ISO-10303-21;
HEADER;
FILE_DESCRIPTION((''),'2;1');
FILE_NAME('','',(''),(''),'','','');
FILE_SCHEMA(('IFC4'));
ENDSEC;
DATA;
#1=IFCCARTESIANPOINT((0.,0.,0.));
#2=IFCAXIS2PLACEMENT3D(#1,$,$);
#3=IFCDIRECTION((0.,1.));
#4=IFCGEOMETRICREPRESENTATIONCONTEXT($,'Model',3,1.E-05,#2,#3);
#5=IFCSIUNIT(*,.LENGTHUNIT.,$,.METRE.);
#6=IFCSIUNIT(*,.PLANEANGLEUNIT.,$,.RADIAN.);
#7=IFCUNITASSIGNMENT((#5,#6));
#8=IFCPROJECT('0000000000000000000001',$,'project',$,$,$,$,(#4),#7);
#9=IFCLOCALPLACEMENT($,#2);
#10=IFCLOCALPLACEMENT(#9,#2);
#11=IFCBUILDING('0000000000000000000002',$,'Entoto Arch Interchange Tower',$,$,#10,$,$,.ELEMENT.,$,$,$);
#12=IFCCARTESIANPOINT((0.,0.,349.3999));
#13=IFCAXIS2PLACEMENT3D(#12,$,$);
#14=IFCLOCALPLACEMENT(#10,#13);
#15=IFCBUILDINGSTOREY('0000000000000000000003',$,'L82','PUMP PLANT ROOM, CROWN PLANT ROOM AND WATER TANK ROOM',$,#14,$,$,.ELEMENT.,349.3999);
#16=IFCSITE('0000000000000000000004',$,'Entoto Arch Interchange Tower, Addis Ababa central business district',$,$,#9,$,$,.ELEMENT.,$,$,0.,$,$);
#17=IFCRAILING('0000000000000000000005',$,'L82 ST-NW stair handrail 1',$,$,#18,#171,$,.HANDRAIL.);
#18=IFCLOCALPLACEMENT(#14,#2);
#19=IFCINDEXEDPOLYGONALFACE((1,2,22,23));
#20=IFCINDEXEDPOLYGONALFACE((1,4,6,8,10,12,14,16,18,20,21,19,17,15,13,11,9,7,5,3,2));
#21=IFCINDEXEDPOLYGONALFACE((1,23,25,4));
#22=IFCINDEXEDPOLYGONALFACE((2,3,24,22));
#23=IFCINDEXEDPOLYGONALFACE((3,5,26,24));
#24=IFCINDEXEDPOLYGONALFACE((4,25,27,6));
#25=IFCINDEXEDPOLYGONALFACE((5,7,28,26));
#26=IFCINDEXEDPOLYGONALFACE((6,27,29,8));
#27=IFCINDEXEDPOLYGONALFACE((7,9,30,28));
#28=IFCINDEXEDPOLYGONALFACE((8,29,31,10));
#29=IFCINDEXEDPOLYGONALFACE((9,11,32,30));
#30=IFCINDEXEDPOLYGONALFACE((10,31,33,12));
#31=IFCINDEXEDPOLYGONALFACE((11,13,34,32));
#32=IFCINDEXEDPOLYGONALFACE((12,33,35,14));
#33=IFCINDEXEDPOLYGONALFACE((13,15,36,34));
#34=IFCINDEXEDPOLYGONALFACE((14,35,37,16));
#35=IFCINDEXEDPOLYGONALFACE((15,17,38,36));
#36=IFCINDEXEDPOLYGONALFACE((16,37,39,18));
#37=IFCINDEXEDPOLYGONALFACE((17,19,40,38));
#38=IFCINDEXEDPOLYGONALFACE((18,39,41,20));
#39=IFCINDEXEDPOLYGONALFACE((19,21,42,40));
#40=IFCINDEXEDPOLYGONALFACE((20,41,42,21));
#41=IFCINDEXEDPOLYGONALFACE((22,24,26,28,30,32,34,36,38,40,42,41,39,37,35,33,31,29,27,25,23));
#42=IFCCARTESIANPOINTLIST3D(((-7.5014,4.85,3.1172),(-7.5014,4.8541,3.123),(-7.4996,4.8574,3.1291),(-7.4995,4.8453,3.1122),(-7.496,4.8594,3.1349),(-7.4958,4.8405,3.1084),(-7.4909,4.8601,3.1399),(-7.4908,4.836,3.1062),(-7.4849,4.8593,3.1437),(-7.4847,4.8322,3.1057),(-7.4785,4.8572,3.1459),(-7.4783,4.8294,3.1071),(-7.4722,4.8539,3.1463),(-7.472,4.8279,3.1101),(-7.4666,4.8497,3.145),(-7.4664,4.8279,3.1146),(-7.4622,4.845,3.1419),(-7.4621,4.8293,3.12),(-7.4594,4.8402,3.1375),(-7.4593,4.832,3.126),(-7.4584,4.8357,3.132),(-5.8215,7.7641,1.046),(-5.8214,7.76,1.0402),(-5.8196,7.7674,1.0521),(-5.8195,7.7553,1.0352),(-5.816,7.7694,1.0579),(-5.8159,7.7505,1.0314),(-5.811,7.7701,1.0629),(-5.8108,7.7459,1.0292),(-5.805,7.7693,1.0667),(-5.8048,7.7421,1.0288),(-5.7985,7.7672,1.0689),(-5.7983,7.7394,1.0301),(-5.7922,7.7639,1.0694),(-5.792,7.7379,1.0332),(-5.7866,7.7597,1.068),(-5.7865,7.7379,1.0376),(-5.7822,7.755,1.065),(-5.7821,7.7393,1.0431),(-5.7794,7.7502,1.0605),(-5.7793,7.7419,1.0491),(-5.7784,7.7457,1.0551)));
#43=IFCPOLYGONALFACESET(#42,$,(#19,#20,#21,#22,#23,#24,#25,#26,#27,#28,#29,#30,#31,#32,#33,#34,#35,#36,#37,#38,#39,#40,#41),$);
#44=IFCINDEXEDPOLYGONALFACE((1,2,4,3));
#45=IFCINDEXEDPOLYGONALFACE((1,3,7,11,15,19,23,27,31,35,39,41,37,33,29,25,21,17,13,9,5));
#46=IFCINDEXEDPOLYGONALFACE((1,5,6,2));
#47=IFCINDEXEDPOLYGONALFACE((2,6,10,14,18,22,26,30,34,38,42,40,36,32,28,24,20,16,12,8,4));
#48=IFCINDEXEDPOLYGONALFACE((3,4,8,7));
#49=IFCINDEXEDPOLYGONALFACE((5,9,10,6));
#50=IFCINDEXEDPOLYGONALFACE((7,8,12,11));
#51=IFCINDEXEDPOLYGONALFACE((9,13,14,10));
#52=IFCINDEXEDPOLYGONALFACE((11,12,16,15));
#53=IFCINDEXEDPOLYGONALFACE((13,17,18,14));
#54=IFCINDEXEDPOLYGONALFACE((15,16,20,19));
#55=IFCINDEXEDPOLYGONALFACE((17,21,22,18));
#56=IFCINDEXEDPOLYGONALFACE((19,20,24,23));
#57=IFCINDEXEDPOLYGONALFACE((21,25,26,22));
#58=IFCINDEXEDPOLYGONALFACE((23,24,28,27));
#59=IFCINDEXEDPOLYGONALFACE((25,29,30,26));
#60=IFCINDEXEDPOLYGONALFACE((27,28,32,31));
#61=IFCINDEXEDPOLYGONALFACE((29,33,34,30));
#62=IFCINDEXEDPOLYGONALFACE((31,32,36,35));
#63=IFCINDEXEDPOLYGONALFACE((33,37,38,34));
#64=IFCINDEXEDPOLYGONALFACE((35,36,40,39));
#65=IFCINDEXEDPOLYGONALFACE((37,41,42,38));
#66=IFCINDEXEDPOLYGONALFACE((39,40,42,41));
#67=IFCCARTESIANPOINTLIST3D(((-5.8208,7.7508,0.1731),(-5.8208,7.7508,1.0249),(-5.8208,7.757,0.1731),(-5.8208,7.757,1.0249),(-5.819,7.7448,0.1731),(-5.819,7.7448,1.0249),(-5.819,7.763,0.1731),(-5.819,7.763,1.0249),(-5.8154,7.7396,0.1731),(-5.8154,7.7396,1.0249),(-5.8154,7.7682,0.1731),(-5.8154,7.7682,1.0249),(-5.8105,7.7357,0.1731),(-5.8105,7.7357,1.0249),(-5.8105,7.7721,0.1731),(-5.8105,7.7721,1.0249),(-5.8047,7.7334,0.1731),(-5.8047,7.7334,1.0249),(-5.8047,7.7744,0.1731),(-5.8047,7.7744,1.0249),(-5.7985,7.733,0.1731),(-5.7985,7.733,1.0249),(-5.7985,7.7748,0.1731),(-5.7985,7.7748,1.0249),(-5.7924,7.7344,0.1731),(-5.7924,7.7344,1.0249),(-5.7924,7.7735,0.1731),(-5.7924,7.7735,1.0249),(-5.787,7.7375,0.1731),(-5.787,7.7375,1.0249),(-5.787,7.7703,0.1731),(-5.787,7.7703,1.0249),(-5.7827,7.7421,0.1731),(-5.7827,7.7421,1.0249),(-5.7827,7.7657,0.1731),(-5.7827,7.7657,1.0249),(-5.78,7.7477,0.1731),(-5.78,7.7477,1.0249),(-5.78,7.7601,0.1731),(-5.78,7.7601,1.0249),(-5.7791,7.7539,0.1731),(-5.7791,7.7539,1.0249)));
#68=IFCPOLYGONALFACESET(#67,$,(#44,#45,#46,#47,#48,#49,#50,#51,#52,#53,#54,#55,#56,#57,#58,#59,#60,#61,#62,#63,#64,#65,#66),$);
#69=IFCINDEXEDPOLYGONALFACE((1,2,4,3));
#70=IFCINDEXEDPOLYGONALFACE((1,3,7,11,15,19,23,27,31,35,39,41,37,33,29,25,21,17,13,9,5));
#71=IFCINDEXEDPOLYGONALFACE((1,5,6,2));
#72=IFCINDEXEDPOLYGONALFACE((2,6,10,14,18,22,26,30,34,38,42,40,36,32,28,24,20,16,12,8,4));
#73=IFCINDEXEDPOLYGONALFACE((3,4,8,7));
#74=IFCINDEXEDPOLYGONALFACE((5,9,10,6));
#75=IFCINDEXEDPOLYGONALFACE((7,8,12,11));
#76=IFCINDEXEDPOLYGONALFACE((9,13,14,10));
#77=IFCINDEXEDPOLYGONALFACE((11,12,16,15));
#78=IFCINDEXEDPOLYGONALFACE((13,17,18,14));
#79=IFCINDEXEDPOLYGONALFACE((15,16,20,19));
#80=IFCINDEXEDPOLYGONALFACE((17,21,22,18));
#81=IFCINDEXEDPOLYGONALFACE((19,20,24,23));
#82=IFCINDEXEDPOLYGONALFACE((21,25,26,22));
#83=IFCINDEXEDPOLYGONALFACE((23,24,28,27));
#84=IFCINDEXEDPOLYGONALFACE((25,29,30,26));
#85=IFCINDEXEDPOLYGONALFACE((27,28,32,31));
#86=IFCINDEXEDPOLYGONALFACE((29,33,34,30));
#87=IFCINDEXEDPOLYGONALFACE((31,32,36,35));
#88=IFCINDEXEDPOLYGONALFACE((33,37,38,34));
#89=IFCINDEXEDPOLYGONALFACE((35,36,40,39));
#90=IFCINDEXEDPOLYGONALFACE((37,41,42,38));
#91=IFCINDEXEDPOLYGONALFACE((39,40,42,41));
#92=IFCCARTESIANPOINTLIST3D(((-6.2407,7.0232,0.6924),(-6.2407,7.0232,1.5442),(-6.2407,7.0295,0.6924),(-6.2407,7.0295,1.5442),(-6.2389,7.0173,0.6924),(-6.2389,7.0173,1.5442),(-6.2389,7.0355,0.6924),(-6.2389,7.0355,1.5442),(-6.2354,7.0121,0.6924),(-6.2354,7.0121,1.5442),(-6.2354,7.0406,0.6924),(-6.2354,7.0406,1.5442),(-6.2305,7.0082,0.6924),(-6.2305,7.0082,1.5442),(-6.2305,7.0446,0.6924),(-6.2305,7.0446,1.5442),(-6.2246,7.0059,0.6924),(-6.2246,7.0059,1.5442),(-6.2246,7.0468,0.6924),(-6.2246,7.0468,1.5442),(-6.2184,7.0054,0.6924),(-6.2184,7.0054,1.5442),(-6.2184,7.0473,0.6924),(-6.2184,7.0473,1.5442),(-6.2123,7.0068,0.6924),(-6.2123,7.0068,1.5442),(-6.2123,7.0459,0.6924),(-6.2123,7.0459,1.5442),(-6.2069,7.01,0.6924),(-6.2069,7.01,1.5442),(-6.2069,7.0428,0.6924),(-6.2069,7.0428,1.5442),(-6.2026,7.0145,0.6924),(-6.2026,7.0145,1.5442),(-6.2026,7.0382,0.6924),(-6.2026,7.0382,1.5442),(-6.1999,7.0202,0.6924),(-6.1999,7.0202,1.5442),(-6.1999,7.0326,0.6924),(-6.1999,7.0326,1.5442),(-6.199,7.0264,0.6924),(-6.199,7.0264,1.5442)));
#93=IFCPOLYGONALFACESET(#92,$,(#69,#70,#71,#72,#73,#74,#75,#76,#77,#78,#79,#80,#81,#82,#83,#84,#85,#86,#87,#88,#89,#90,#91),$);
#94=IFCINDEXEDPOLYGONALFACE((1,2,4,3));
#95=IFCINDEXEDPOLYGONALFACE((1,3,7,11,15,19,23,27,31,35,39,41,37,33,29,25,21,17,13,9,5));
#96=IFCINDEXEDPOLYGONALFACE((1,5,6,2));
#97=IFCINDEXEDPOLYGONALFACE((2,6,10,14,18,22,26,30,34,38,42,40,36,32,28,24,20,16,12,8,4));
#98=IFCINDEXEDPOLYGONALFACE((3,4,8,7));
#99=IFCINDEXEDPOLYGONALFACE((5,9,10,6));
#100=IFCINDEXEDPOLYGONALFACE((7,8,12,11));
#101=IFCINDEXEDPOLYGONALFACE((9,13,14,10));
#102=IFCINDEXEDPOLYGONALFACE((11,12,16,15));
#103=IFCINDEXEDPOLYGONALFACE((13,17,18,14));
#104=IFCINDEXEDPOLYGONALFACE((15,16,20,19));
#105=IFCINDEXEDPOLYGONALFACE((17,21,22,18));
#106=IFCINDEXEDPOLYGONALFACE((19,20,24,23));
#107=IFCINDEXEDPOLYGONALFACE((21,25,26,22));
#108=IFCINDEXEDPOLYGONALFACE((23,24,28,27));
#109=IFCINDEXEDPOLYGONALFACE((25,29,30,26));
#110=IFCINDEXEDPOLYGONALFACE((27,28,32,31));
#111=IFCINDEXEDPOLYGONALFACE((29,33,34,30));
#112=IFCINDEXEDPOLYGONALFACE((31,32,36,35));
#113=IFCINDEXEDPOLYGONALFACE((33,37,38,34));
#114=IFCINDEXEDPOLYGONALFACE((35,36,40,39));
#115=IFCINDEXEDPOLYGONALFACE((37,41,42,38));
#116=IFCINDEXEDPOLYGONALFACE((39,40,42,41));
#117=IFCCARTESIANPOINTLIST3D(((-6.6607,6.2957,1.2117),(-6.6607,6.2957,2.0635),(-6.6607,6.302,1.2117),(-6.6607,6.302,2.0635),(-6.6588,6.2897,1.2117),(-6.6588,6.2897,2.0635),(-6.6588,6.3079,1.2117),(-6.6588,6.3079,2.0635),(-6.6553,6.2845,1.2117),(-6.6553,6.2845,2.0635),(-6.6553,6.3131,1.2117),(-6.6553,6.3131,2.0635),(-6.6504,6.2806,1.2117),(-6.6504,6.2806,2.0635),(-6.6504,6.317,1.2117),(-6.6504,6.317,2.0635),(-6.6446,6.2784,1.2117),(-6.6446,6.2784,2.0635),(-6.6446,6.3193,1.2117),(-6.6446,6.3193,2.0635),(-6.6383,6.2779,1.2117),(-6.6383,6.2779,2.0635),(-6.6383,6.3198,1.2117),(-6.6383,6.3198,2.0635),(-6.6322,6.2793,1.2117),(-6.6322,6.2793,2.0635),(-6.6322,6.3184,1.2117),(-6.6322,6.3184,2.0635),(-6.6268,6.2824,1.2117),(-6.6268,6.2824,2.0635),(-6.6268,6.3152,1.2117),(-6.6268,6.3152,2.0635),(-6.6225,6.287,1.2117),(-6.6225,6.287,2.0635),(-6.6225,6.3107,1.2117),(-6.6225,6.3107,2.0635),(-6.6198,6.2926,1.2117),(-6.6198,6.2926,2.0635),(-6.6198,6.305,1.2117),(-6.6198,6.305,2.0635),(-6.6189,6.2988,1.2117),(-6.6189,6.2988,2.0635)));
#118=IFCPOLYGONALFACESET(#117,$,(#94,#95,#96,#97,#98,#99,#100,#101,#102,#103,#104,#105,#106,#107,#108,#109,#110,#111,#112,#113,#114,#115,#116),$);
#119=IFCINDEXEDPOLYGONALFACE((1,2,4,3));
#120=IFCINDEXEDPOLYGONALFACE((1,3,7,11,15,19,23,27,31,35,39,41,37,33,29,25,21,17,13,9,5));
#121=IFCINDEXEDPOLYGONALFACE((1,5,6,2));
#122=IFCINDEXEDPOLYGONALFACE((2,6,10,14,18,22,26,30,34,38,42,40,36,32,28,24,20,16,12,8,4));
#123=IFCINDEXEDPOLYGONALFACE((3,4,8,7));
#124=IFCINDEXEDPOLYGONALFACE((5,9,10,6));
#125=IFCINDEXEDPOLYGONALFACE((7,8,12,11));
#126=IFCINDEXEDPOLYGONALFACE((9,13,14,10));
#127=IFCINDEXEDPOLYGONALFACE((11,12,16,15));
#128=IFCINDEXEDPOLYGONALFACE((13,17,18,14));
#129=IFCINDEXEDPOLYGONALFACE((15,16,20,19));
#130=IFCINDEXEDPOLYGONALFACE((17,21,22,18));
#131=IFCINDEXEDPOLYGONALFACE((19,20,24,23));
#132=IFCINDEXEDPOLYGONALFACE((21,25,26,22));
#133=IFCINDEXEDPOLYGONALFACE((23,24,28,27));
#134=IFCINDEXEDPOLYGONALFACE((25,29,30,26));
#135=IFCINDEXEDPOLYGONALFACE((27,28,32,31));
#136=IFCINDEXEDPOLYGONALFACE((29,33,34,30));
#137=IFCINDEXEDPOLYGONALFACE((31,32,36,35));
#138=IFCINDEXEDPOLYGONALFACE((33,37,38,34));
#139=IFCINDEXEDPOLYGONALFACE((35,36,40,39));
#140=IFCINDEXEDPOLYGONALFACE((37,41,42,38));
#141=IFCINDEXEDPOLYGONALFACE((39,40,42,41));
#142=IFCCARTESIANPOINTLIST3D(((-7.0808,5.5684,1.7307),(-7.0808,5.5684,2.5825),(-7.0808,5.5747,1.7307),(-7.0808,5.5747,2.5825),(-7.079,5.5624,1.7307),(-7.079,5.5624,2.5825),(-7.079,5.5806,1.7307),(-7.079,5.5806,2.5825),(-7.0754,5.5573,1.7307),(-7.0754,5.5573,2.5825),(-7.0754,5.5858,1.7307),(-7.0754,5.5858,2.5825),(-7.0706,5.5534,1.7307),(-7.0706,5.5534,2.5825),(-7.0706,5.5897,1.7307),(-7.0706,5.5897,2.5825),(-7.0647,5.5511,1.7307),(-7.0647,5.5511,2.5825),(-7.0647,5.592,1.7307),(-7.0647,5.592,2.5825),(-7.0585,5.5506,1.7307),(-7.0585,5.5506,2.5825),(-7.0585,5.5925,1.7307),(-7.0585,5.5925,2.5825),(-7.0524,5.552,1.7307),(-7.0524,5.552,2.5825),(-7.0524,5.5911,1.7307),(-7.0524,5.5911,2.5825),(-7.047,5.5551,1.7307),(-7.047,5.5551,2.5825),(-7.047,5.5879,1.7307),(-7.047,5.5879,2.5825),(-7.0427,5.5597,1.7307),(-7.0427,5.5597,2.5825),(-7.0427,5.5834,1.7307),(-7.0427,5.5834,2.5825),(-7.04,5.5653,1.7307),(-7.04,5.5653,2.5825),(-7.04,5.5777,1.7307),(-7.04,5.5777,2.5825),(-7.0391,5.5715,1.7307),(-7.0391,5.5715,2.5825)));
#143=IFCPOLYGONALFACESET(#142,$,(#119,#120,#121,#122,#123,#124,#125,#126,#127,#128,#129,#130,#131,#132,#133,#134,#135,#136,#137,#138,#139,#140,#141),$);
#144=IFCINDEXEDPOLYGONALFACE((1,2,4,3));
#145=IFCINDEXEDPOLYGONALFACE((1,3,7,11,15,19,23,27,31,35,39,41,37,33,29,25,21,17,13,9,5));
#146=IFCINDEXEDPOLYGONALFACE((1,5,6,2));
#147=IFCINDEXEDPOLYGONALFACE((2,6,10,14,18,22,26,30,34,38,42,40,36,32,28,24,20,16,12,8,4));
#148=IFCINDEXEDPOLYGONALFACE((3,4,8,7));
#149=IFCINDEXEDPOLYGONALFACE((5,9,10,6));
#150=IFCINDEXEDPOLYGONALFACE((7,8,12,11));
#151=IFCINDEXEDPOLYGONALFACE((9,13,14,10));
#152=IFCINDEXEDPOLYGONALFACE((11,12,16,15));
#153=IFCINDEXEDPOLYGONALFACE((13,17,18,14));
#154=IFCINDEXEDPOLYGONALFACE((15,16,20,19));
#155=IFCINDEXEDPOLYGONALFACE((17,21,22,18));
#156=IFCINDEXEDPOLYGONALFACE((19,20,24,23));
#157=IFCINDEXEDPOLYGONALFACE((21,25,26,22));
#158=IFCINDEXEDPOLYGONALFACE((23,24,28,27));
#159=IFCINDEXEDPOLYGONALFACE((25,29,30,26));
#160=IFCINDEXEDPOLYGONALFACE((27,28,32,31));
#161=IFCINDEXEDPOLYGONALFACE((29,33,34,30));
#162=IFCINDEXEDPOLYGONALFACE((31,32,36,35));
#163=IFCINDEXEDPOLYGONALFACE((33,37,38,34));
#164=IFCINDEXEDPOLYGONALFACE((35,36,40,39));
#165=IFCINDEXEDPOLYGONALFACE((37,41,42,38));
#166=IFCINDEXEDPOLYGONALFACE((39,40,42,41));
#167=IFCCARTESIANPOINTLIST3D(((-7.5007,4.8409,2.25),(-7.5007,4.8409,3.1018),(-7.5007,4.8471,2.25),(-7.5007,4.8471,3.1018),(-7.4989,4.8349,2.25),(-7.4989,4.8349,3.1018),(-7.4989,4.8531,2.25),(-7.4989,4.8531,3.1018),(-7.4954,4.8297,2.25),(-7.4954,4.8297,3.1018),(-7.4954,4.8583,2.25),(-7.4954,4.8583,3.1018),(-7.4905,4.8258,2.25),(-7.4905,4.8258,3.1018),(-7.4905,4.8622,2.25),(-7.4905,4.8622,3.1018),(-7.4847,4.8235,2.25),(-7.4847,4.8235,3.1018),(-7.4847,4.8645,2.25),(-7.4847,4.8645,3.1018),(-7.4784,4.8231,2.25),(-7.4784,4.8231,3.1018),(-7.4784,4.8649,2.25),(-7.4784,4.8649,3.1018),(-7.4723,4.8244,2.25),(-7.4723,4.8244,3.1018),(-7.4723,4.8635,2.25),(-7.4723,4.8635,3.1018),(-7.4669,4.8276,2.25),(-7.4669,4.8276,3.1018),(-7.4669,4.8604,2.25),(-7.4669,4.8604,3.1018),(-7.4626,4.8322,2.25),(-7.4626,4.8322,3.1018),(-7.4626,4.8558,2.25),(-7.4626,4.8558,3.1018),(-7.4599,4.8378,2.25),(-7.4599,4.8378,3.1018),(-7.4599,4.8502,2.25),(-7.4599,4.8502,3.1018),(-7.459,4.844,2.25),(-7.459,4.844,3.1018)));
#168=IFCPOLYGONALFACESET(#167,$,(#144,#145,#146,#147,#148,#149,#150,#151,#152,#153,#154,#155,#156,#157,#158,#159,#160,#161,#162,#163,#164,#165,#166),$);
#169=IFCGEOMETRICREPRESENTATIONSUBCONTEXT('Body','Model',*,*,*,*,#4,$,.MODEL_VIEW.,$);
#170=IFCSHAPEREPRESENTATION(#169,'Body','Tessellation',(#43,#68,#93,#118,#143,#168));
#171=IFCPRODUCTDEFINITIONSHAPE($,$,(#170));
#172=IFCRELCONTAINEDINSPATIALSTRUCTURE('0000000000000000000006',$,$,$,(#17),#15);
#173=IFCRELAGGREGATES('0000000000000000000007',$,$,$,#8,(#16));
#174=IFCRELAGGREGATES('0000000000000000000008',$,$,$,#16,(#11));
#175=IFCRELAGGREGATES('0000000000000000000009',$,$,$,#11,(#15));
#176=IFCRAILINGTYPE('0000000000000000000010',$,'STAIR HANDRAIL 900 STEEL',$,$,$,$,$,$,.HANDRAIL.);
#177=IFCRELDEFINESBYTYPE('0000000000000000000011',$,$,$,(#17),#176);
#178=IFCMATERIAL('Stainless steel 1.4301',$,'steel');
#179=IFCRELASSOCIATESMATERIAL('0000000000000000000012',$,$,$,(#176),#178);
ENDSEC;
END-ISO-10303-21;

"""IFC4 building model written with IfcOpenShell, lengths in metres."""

from ifc_helpers import new_model, si_unit, direction, frame, origin, origin_2d, place, context, subcontext, project, spatial, circle, extrude, material, type_object, element, save


model = new_model("IFC4")

# Units and contexts
model_context = context("Model", 3, precision=1e-05, world=origin(), true_north=direction((0.0, 1.0)))
body_context = subcontext(model_context, "Body", "Model", "MODEL_VIEW")
ifc_project = project(units=[si_unit("LENGTHUNIT", "METRE"), si_unit("PLANEANGLEUNIT", "RADIAN")], contexts=[model_context])

# Site, building, storey
site_placement = place(None, origin())
site = spatial("IfcSite", under=ifc_project, at=site_placement, Name="Entoto Arch Interchange Tower, Addis Ababa central business district", CompositionType="ELEMENT", RefElevation=0.0)
building_placement = place(site_placement, origin())
building = spatial("IfcBuilding", under=site, at=building_placement, Name="Entoto Arch Interchange Tower", CompositionType="ELEMENT")
storey_placement = place(building_placement, frame((0.0, 0.0, 349.3999)))
storey = spatial("IfcBuildingStorey", under=building, at=storey_placement, Name="L82", Description="PUMP PLANT ROOM, CROWN PLANT ROOM AND WATER TANK ROOM", CompositionType="ELEMENT", Elevation=349.3999)

# Railing
ifc_material_1 = material(Name="Stainless steel 1.4301", Category="steel")
railing_type = type_object("IfcRailingType", Name="STAIR HANDRAIL 900 STEEL", PredefinedType="HANDRAIL", material=ifc_material_1)
railing_placement = place(storey_placement, frame((-5.8, 7.7539, 0.1731)))
element("IfcRailing", 1, at=railing_placement, inside=storey, type_object=railing_type, Name="L82 ST-NW stair handrail 1", PredefinedType="HANDRAIL", context=body_context, shape_type="SweptSolid", body=[
    extrude(circle(Radius=0.0239, at=origin_2d()), frame((0.0, 0.0, 0.876), z_axis=(-0.425288, -0.736668, 0.525785), x_axis=(0.866039, -0.499976, 0.0)), (0.0, 0.0, 1.0), 3.9502),
    extrude(circle(Radius=0.021, at=origin_2d()), origin(), (0.0, 0.0, 1.0), 0.8518),
    extrude(circle(Radius=0.021, at=origin_2d()), frame((-0.4199, -0.7275, 0.5193)), (0.0, 0.0, 1.0), 0.8518),
    extrude(circle(Radius=0.021, at=origin_2d()), frame((-0.8398, -1.4551, 1.0386)), (0.0, 0.0, 1.0), 0.8518),
    extrude(circle(Radius=0.021, at=origin_2d()), frame((-1.26, -2.1824, 1.5576)), (0.0, 0.0, 1.0), 0.8518),
    extrude(circle(Radius=0.021, at=origin_2d()), frame((-1.6799, -2.9099, 2.0769)), (0.0, 0.0, 1.0), 0.8518),
])

save(model, "model.ifc")
